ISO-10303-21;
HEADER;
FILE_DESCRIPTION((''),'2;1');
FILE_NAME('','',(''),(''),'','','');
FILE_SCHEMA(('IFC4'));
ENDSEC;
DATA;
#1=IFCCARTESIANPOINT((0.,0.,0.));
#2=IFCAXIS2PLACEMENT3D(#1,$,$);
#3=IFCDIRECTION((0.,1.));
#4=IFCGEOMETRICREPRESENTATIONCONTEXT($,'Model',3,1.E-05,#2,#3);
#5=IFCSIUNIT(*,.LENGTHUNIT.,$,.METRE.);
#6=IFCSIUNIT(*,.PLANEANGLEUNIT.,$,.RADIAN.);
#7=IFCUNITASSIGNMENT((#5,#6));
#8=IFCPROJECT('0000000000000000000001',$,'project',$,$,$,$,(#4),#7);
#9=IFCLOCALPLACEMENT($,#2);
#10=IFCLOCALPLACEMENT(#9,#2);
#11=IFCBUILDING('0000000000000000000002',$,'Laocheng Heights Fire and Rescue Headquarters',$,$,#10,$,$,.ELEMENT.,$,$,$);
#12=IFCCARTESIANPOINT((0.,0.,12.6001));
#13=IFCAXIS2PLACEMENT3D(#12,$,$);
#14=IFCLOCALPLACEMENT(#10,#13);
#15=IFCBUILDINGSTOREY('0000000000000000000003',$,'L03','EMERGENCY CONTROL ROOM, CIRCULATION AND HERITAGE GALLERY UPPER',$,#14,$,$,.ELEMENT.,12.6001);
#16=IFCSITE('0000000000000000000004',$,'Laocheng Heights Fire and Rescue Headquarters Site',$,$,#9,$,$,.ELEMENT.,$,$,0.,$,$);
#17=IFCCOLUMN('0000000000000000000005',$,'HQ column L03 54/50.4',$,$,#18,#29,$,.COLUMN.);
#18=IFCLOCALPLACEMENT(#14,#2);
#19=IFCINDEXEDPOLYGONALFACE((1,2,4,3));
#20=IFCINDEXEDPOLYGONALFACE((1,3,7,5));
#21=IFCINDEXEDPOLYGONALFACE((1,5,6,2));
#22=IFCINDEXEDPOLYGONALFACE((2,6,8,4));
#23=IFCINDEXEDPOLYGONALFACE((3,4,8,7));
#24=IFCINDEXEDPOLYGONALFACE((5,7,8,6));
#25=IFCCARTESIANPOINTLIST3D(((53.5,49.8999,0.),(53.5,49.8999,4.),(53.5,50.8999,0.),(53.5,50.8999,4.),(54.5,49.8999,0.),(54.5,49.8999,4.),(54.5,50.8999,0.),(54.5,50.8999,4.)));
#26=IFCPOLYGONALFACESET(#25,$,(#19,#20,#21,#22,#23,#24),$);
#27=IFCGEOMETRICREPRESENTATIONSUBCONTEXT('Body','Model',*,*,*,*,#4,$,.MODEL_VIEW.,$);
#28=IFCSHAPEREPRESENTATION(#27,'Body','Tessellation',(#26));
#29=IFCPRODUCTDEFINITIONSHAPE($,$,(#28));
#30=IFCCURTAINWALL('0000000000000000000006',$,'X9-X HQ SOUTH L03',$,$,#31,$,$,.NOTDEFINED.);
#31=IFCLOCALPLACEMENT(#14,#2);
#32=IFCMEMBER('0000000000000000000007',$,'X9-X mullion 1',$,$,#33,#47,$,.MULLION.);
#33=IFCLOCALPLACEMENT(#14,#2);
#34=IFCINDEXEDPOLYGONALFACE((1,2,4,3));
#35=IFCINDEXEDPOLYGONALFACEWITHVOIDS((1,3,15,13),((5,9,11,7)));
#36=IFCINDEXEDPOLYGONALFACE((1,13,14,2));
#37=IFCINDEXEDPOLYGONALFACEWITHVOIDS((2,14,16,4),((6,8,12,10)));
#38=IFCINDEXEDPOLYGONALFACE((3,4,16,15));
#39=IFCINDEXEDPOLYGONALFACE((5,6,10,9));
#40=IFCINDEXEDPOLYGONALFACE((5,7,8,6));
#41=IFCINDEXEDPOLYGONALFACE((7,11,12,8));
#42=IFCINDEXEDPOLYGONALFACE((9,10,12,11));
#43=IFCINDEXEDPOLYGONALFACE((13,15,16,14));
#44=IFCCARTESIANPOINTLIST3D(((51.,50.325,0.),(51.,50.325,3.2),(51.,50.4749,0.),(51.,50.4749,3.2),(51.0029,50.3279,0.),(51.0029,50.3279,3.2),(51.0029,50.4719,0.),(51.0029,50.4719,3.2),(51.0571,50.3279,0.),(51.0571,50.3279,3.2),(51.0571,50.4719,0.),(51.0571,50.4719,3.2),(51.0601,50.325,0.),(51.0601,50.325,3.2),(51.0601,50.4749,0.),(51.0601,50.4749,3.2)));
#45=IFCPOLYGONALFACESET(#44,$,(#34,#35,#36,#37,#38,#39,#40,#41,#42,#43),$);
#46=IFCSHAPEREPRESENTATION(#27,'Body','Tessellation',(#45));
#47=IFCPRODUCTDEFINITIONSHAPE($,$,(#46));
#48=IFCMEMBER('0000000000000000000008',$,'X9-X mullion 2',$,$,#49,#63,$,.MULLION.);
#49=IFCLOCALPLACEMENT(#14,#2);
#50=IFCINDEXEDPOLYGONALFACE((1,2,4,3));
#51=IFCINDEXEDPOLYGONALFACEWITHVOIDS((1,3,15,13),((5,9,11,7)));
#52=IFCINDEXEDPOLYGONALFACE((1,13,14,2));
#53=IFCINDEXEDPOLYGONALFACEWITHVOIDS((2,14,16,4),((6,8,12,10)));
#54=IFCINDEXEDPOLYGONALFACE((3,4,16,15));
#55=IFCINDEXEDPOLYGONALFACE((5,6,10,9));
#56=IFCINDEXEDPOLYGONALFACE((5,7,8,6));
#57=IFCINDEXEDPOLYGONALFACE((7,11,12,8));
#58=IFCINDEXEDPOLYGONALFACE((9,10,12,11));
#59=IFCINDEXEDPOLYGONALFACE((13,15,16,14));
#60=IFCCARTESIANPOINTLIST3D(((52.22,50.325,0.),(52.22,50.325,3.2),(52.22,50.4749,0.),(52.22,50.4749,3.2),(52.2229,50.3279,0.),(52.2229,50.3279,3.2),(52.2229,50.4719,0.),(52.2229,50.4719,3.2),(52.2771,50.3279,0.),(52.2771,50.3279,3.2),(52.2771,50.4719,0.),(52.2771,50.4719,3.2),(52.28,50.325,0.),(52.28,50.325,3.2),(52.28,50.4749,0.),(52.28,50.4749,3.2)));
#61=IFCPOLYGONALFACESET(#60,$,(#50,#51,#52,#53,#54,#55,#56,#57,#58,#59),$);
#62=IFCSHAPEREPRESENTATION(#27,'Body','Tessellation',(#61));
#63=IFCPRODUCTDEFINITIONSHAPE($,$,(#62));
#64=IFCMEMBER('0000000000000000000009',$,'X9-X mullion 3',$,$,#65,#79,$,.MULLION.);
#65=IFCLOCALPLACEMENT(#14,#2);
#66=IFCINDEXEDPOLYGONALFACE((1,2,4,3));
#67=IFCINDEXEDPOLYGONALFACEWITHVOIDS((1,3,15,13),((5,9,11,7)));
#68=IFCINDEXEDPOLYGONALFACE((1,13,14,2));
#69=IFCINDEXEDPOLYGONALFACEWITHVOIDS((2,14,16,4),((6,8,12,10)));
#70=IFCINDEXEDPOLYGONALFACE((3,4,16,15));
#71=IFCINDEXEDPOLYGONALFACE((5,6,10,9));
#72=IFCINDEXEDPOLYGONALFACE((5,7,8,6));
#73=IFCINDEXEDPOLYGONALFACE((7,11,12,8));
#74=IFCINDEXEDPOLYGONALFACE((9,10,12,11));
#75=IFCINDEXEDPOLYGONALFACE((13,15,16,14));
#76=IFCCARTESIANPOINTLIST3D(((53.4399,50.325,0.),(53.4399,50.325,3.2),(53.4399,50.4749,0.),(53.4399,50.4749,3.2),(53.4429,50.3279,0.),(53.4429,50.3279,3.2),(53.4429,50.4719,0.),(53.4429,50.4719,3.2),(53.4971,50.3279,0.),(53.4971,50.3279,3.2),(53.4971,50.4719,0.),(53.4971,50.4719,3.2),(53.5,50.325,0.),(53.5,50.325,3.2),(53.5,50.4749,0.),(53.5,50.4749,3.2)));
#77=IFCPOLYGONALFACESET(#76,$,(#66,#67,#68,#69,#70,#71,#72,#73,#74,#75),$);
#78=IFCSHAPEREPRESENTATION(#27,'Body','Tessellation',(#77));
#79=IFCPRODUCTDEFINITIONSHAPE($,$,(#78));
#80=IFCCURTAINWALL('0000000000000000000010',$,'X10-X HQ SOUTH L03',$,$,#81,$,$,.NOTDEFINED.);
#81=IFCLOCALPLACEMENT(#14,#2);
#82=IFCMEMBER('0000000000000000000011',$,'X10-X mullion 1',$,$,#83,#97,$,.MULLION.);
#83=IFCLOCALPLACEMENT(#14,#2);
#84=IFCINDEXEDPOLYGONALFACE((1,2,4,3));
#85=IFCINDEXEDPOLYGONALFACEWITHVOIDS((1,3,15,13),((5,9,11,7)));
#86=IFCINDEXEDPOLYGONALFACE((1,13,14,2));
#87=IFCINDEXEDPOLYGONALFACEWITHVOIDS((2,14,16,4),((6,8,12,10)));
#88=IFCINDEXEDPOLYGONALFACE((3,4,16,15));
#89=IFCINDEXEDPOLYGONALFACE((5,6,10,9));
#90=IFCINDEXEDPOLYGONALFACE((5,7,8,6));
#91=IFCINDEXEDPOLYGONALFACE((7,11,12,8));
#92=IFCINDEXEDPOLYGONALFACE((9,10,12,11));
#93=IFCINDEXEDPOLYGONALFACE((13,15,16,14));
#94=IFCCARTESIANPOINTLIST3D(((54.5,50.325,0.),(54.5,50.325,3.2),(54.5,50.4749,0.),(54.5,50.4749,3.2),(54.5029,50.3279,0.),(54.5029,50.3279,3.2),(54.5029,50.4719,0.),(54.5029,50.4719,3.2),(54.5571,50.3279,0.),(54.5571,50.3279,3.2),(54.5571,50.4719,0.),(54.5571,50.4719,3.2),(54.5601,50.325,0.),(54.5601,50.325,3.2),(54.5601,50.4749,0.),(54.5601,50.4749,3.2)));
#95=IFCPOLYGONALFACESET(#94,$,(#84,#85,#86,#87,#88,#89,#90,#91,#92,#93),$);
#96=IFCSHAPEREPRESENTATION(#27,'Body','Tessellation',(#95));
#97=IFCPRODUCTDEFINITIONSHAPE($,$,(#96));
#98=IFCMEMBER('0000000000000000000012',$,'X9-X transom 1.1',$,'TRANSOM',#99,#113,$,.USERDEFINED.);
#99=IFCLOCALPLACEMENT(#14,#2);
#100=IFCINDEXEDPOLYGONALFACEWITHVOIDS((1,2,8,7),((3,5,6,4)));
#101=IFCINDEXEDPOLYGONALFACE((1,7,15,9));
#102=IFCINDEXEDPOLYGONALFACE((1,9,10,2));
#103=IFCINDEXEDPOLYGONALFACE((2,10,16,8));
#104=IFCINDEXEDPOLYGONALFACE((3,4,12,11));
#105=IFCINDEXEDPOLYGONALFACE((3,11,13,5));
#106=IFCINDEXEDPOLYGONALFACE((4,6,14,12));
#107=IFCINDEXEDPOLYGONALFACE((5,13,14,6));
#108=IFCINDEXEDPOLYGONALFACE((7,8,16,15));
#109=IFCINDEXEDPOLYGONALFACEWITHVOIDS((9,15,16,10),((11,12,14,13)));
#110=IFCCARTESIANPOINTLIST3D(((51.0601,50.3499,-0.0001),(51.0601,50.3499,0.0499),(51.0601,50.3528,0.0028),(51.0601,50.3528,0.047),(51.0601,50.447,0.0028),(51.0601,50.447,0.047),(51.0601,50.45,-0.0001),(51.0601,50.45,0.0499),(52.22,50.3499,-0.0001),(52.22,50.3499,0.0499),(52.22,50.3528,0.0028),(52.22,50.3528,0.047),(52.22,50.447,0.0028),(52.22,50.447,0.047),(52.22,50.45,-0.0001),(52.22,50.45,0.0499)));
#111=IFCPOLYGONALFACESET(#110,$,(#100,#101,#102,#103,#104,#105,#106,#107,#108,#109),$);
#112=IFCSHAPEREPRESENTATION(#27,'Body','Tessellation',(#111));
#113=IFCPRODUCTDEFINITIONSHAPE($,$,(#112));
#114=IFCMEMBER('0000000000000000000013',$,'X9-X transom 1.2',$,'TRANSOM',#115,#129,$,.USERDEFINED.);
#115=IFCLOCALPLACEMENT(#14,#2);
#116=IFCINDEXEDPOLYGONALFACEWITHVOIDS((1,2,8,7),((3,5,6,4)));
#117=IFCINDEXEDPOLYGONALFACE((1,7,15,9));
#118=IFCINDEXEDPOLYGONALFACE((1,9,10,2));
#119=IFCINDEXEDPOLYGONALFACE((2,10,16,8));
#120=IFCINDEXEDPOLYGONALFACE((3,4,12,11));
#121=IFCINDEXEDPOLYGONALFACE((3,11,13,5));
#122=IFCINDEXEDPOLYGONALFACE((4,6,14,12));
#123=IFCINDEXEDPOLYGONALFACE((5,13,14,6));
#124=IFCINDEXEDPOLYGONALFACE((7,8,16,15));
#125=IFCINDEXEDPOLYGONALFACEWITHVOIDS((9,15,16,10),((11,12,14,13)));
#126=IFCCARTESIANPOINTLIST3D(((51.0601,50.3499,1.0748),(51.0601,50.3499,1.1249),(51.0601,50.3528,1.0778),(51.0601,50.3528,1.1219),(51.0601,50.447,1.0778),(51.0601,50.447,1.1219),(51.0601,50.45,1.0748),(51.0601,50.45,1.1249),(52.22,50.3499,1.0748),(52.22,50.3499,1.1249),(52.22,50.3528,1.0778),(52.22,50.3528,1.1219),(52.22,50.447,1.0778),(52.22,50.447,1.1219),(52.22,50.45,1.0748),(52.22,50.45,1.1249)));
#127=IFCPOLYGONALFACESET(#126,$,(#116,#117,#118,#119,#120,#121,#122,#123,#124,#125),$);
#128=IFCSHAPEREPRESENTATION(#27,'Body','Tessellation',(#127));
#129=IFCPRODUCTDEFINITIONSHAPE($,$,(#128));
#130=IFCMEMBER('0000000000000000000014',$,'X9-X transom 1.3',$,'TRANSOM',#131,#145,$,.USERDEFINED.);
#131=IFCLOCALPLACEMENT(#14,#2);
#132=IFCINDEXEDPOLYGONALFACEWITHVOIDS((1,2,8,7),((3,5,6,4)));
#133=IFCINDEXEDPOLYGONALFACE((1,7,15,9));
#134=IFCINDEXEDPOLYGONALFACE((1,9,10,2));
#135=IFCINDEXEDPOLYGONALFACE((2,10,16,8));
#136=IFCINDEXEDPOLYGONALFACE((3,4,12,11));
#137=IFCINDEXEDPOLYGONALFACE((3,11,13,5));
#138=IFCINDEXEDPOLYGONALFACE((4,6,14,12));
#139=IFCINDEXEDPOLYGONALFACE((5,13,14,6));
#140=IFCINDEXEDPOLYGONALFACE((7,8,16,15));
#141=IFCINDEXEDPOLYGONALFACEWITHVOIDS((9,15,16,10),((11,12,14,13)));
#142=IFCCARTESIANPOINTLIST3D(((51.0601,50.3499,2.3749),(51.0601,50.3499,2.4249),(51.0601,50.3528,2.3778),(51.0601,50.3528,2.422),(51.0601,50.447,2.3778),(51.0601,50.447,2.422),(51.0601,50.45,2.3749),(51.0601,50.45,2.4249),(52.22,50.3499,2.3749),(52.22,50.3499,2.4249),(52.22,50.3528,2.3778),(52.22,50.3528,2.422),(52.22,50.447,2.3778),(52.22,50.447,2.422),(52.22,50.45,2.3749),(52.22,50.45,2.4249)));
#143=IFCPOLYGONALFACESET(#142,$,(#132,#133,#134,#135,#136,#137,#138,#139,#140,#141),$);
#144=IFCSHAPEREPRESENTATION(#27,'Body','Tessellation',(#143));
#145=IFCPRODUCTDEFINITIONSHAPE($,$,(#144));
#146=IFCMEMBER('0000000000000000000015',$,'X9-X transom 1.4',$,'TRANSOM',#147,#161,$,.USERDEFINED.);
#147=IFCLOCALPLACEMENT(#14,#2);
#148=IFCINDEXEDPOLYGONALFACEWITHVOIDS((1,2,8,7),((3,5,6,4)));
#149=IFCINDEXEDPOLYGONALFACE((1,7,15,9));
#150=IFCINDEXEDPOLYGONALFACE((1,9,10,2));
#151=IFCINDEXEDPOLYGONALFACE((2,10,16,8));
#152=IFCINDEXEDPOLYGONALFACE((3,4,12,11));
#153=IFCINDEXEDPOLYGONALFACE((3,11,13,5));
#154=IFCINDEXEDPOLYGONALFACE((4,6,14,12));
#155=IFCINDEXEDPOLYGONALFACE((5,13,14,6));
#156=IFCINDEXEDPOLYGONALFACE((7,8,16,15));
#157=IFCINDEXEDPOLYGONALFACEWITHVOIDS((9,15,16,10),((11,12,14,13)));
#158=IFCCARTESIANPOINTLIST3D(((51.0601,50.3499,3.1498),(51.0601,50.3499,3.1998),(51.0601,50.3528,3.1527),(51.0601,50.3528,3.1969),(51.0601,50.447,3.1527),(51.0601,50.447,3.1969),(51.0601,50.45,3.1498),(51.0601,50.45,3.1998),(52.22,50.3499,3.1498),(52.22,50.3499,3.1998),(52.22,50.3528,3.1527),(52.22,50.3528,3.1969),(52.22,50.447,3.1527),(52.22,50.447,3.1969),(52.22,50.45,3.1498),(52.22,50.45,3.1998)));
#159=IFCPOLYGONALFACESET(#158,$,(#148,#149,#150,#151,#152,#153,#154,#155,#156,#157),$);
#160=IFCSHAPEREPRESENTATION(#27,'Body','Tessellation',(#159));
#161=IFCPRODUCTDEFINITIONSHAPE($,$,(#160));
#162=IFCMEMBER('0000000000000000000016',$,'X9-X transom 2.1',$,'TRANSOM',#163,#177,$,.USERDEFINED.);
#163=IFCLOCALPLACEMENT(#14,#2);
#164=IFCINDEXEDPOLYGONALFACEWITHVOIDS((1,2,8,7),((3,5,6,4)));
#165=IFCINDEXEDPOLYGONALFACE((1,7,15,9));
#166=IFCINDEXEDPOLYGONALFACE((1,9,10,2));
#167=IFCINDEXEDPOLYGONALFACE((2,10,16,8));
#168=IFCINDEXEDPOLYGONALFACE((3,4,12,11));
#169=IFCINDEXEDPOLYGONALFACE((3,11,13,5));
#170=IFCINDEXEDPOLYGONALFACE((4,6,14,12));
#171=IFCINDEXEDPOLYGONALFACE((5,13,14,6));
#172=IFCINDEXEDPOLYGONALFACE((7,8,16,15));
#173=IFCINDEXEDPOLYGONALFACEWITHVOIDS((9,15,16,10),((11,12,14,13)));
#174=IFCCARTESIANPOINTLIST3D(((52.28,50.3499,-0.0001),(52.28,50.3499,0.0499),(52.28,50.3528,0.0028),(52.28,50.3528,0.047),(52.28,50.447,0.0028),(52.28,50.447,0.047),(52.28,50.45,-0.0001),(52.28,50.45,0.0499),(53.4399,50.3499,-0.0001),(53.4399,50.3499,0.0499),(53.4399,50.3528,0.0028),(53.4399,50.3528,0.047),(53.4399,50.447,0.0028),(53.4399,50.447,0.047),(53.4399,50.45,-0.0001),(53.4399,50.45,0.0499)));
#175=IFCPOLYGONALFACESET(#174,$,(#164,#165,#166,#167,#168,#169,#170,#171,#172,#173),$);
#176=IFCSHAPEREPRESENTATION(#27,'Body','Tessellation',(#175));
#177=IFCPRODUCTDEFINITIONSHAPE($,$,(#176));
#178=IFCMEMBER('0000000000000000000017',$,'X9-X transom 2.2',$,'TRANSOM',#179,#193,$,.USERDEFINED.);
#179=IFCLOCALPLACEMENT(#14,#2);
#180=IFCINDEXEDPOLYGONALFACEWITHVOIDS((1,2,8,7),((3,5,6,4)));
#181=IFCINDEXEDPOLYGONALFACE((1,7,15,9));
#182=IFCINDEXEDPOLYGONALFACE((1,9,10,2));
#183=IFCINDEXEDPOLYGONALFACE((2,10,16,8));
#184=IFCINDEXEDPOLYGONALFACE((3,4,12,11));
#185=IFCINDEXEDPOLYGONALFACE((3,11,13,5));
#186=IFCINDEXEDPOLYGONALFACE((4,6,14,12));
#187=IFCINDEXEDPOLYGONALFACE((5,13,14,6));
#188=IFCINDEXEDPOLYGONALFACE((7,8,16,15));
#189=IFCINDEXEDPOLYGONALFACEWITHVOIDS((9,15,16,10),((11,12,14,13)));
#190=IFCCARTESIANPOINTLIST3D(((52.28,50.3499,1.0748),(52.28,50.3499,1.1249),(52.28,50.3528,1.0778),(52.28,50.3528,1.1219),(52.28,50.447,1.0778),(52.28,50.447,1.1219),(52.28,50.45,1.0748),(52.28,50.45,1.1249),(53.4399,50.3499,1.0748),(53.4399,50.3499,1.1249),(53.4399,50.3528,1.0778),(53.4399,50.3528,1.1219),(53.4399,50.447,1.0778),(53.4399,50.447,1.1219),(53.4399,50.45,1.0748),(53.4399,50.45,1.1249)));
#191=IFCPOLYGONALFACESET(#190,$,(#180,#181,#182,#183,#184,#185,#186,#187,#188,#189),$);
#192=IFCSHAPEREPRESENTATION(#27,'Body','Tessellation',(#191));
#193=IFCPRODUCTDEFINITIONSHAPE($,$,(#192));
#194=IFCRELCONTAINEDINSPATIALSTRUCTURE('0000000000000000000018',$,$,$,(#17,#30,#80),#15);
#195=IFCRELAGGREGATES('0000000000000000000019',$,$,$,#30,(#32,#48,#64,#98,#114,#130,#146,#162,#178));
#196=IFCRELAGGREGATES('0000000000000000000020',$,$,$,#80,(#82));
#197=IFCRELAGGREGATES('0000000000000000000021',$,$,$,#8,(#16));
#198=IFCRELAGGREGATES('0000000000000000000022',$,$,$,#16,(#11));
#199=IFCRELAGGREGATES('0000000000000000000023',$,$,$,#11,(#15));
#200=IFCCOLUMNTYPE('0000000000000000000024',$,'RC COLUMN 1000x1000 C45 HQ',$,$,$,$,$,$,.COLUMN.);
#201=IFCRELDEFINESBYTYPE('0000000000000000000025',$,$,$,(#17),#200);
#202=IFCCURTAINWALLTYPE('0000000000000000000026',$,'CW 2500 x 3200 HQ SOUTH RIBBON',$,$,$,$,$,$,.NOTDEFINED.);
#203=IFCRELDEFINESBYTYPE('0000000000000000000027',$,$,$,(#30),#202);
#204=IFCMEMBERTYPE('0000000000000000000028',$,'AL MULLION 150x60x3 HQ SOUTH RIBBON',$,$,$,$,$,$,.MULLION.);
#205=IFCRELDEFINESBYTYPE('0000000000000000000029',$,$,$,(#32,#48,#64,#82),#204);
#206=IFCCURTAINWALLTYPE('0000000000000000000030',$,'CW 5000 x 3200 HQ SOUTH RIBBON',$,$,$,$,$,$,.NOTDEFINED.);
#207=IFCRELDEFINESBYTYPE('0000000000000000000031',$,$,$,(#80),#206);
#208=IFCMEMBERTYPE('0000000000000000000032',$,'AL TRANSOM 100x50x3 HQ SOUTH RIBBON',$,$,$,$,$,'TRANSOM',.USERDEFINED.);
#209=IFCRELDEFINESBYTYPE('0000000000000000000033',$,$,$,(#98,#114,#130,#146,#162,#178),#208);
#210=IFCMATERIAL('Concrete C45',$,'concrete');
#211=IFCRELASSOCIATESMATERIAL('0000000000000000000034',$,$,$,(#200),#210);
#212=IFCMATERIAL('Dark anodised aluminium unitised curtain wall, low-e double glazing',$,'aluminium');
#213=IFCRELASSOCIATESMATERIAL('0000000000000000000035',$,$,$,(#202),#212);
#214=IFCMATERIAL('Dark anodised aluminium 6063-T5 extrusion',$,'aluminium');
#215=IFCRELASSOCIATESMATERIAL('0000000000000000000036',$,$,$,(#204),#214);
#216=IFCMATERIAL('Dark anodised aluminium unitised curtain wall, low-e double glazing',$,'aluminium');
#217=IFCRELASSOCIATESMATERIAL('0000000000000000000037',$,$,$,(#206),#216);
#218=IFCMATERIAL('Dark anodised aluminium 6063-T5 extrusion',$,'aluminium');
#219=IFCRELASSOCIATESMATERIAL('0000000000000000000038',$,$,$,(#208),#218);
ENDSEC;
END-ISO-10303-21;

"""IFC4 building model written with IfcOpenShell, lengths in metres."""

from ifc_helpers import new_model, si_unit, direction, frame, origin, origin_2d, place, context, subcontext, project, spatial, rectangle, hollow_rectangle, extrude, material, material_profile, profile_set, type_object, element, aggregate, save


model = new_model("IFC4")

# Units and contexts
model_context = context("Model", 3, precision=1e-05, world=origin(), true_north=direction((0.0, 1.0)))
body_context = subcontext(model_context, "Body", "Model", "MODEL_VIEW")
ifc_project = project(units=[si_unit("LENGTHUNIT", "METRE"), si_unit("PLANEANGLEUNIT", "RADIAN")], contexts=[model_context])

# Site, building, storey
site_placement = place(None, origin())
site = spatial("IfcSite", under=ifc_project, at=site_placement, Name="Laocheng Heights Fire and Rescue Headquarters Site", CompositionType="ELEMENT", RefElevation=0.0)
building_placement = place(site_placement, origin())
building = spatial("IfcBuilding", under=site, at=building_placement, Name="Laocheng Heights Fire and Rescue Headquarters", CompositionType="ELEMENT")
storey_placement = place(building_placement, frame((0.0, 0.0, 12.6001)))
storey = spatial("IfcBuildingStorey", under=building, at=storey_placement, Name="L03", Description="EMERGENCY CONTROL ROOM, CIRCULATION AND HERITAGE GALLERY UPPER", CompositionType="ELEMENT", Elevation=12.6001)

# Column
ifc_material_1 = material(Name="Concrete C45", Category="concrete")
ifc_material_profile_1 = material_profile(ifc_material_1, rectangle(XDim=1.0, YDim=1.0, at=origin_2d()), Name="RC COLUMN 1000x1000 C45 HQ")
ifc_profile_set_1 = profile_set([ifc_material_profile_1], Name="Concrete C45")
column_type = type_object("IfcColumnType", Name="RC COLUMN 1000x1000 C45 HQ", PredefinedType="COLUMN", material=ifc_profile_set_1)
column_placement = place(storey_placement, frame((54.0, 50.3999, 0.0), z_axis=(0.0, 0.0, 1.0), x_axis=(1.0, 0.0, 0.0)))
element("IfcColumn", 1, at=column_placement, inside=storey, type_object=column_type, Name="HQ column L03 54/50.4", PredefinedType="COLUMN", context=body_context, shape_type="SweptSolid", body=[
    extrude(rectangle(XDim=1.0, YDim=1.0, at=origin_2d()), origin(), (0.0, 0.0, 1.0), 4.0),
])

# Curtain wall, members
ifc_material_2 = material(Name="Dark anodised aluminium unitised curtain wall, low-e double glazing", Category="aluminium")
curtain_wall_type_1 = type_object("IfcCurtainWallType", Name="CW 2500 x 3200 HQ SOUTH RIBBON", PredefinedType="NOTDEFINED", material=ifc_material_2)
curtain_wall_1_placement = place(storey_placement, origin())
curtain_wall_1 = element("IfcCurtainWall", 2, at=curtain_wall_1_placement, inside=storey, type_object=curtain_wall_type_1, Name="X9-X HQ SOUTH L03", PredefinedType="NOTDEFINED")
ifc_material_3 = material(Name="Dark anodised aluminium 6063-T5 extrusion", Category="aluminium")
ifc_material_profile_2 = material_profile(ifc_material_3, hollow_rectangle(XDim=0.1499, YDim=0.0601, WallThickness=0.0029, at=origin_2d()), Name="AL MULLION 150x60x3 HQ SOUTH RIBBON")
ifc_profile_set_2 = profile_set([ifc_material_profile_2], Name="Dark anodised aluminium 6063-T5 extrusion")
member_type_1 = type_object("IfcMemberType", Name="AL MULLION 150x60x3 HQ SOUTH RIBBON", PredefinedType="MULLION", material=ifc_profile_set_2)
member_1_placement = place(storey_placement, frame((51.03, 50.3999, 0.0), z_axis=(0.0, 0.0, 1.0), x_axis=(0.0, 1.0, 0.0)))
member_1 = element("IfcMember", 3, at=member_1_placement, type_object=member_type_1, Name="X9-X mullion 1", PredefinedType="MULLION", context=body_context, shape_type="SweptSolid", body=[
    extrude(hollow_rectangle(XDim=0.1499, YDim=0.0601, WallThickness=0.0029, at=origin_2d()), origin(), (0.0, 0.0, 1.0), 3.2),
])
member_2_placement = place(storey_placement, frame((52.25, 50.3999, 0.0), z_axis=(0.0, 0.0, 1.0), x_axis=(0.0, 1.0, 0.0)))
member_2 = element("IfcMember", 4, at=member_2_placement, type_object=member_type_1, Name="X9-X mullion 2", PredefinedType="MULLION", context=body_context, shape_type="SweptSolid", body=[
    extrude(hollow_rectangle(XDim=0.1499, YDim=0.0601, WallThickness=0.0029, at=origin_2d()), origin(), (0.0, 0.0, 1.0), 3.2),
])
member_3_placement = place(storey_placement, frame((53.47, 50.3999, 0.0), z_axis=(0.0, 0.0, 1.0), x_axis=(0.0, 1.0, 0.0)))
member_3 = element("IfcMember", 5, at=member_3_placement, type_object=member_type_1, Name="X9-X mullion 3", PredefinedType="MULLION", context=body_context, shape_type="SweptSolid", body=[
    extrude(hollow_rectangle(XDim=0.1499, YDim=0.0601, WallThickness=0.0029, at=origin_2d()), origin(), (0.0, 0.0, 1.0), 3.2),
])

# Curtain wall, member
ifc_material_4 = material(Name="Dark anodised aluminium unitised curtain wall, low-e double glazing", Category="aluminium")
curtain_wall_type_2 = type_object("IfcCurtainWallType", Name="CW 5000 x 3200 HQ SOUTH RIBBON", PredefinedType="NOTDEFINED", material=ifc_material_4)
curtain_wall_2_placement = place(storey_placement, origin())
curtain_wall_2 = element("IfcCurtainWall", 6, at=curtain_wall_2_placement, inside=storey, type_object=curtain_wall_type_2, Name="X10-X HQ SOUTH L03", PredefinedType="NOTDEFINED")
member_4_placement = place(storey_placement, frame((54.53, 50.3999, 0.0), z_axis=(0.0, 0.0, 1.0), x_axis=(0.0, 1.0, 0.0)))
member_4 = element("IfcMember", 7, at=member_4_placement, type_object=member_type_1, Name="X10-X mullion 1", PredefinedType="MULLION", context=body_context, shape_type="SweptSolid", body=[
    extrude(hollow_rectangle(XDim=0.1499, YDim=0.0601, WallThickness=0.0029, at=origin_2d()), origin(), (0.0, 0.0, 1.0), 3.2),
])

# Members
ifc_material_5 = material(Name="Dark anodised aluminium 6063-T5 extrusion", Category="aluminium")
ifc_material_profile_3 = material_profile(ifc_material_5, hollow_rectangle(XDim=0.1001, YDim=0.05, WallThickness=0.0029, at=origin_2d()), Name="AL TRANSOM 100x50x3 HQ SOUTH RIBBON")
ifc_profile_set_3 = profile_set([ifc_material_profile_3], Name="Dark anodised aluminium 6063-T5 extrusion")
member_type_2 = type_object("IfcMemberType", Name="AL TRANSOM 100x50x3 HQ SOUTH RIBBON", ElementType="TRANSOM", PredefinedType="USERDEFINED", material=ifc_profile_set_3)
member_5_placement = place(storey_placement, frame((51.0601, 50.3999, 0.0249), z_axis=(1.0, 0.0, 0.0), x_axis=(0.0, 1.0, 0.0)))
member_5 = element("IfcMember", 8, at=member_5_placement, type_object=member_type_2, Name="X9-X transom 1.1", ObjectType="TRANSOM", PredefinedType="USERDEFINED", context=body_context, shape_type="SweptSolid", body=[
    extrude(hollow_rectangle(XDim=0.1001, YDim=0.05, WallThickness=0.0029, at=origin_2d()), origin(), (0.0, 0.0, 1.0), 1.1599),
])
member_6_placement = place(storey_placement, frame((51.0601, 50.3999, 1.0999), z_axis=(1.0, 0.0, 0.0), x_axis=(0.0, 1.0, 0.0)))
member_6 = element("IfcMember", 9, at=member_6_placement, type_object=member_type_2, Name="X9-X transom 1.2", ObjectType="TRANSOM", PredefinedType="USERDEFINED", context=body_context, shape_type="SweptSolid", body=[
    extrude(hollow_rectangle(XDim=0.1001, YDim=0.05, WallThickness=0.0029, at=origin_2d()), origin(), (0.0, 0.0, 1.0), 1.1599),
])
member_7_placement = place(storey_placement, frame((51.0601, 50.3999, 2.3999), z_axis=(1.0, 0.0, 0.0), x_axis=(0.0, 1.0, 0.0)))
member_7 = element("IfcMember", 10, at=member_7_placement, type_object=member_type_2, Name="X9-X transom 1.3", ObjectType="TRANSOM", PredefinedType="USERDEFINED", context=body_context, shape_type="SweptSolid", body=[
    extrude(hollow_rectangle(XDim=0.1001, YDim=0.05, WallThickness=0.0029, at=origin_2d()), origin(), (0.0, 0.0, 1.0), 1.1599),
])
member_8_placement = place(storey_placement, frame((51.0601, 50.3999, 3.1748), z_axis=(1.0, 0.0, 0.0), x_axis=(0.0, 1.0, 0.0)))
member_8 = element("IfcMember", 11, at=member_8_placement, type_object=member_type_2, Name="X9-X transom 1.4", ObjectType="TRANSOM", PredefinedType="USERDEFINED", context=body_context, shape_type="SweptSolid", body=[
    extrude(hollow_rectangle(XDim=0.1001, YDim=0.05, WallThickness=0.0029, at=origin_2d()), origin(), (0.0, 0.0, 1.0), 1.1599),
])
member_9_placement = place(storey_placement, frame((52.28, 50.3999, 0.0249), z_axis=(1.0, 0.0, 0.0), x_axis=(0.0, 1.0, 0.0)))
member_9 = element("IfcMember", 12, at=member_9_placement, type_object=member_type_2, Name="X9-X transom 2.1", ObjectType="TRANSOM", PredefinedType="USERDEFINED", context=body_context, shape_type="SweptSolid", body=[
    extrude(hollow_rectangle(XDim=0.1001, YDim=0.05, WallThickness=0.0029, at=origin_2d()), origin(), (0.0, 0.0, 1.0), 1.1599),
])
member_10_placement = place(storey_placement, frame((52.28, 50.3999, 1.0999), z_axis=(1.0, 0.0, 0.0), x_axis=(0.0, 1.0, 0.0)))
member_10 = element("IfcMember", 13, at=member_10_placement, type_object=member_type_2, Name="X9-X transom 2.2", ObjectType="TRANSOM", PredefinedType="USERDEFINED", context=body_context, shape_type="SweptSolid", body=[
    extrude(hollow_rectangle(XDim=0.1001, YDim=0.05, WallThickness=0.0029, at=origin_2d()), origin(), (0.0, 0.0, 1.0), 1.1599),
])

aggregate(curtain_wall_1, [member_1, member_2, member_3, member_5, member_6, member_7, member_8, member_9, member_10])
aggregate(curtain_wall_2, [member_4])

save(model, "model.ifc")
